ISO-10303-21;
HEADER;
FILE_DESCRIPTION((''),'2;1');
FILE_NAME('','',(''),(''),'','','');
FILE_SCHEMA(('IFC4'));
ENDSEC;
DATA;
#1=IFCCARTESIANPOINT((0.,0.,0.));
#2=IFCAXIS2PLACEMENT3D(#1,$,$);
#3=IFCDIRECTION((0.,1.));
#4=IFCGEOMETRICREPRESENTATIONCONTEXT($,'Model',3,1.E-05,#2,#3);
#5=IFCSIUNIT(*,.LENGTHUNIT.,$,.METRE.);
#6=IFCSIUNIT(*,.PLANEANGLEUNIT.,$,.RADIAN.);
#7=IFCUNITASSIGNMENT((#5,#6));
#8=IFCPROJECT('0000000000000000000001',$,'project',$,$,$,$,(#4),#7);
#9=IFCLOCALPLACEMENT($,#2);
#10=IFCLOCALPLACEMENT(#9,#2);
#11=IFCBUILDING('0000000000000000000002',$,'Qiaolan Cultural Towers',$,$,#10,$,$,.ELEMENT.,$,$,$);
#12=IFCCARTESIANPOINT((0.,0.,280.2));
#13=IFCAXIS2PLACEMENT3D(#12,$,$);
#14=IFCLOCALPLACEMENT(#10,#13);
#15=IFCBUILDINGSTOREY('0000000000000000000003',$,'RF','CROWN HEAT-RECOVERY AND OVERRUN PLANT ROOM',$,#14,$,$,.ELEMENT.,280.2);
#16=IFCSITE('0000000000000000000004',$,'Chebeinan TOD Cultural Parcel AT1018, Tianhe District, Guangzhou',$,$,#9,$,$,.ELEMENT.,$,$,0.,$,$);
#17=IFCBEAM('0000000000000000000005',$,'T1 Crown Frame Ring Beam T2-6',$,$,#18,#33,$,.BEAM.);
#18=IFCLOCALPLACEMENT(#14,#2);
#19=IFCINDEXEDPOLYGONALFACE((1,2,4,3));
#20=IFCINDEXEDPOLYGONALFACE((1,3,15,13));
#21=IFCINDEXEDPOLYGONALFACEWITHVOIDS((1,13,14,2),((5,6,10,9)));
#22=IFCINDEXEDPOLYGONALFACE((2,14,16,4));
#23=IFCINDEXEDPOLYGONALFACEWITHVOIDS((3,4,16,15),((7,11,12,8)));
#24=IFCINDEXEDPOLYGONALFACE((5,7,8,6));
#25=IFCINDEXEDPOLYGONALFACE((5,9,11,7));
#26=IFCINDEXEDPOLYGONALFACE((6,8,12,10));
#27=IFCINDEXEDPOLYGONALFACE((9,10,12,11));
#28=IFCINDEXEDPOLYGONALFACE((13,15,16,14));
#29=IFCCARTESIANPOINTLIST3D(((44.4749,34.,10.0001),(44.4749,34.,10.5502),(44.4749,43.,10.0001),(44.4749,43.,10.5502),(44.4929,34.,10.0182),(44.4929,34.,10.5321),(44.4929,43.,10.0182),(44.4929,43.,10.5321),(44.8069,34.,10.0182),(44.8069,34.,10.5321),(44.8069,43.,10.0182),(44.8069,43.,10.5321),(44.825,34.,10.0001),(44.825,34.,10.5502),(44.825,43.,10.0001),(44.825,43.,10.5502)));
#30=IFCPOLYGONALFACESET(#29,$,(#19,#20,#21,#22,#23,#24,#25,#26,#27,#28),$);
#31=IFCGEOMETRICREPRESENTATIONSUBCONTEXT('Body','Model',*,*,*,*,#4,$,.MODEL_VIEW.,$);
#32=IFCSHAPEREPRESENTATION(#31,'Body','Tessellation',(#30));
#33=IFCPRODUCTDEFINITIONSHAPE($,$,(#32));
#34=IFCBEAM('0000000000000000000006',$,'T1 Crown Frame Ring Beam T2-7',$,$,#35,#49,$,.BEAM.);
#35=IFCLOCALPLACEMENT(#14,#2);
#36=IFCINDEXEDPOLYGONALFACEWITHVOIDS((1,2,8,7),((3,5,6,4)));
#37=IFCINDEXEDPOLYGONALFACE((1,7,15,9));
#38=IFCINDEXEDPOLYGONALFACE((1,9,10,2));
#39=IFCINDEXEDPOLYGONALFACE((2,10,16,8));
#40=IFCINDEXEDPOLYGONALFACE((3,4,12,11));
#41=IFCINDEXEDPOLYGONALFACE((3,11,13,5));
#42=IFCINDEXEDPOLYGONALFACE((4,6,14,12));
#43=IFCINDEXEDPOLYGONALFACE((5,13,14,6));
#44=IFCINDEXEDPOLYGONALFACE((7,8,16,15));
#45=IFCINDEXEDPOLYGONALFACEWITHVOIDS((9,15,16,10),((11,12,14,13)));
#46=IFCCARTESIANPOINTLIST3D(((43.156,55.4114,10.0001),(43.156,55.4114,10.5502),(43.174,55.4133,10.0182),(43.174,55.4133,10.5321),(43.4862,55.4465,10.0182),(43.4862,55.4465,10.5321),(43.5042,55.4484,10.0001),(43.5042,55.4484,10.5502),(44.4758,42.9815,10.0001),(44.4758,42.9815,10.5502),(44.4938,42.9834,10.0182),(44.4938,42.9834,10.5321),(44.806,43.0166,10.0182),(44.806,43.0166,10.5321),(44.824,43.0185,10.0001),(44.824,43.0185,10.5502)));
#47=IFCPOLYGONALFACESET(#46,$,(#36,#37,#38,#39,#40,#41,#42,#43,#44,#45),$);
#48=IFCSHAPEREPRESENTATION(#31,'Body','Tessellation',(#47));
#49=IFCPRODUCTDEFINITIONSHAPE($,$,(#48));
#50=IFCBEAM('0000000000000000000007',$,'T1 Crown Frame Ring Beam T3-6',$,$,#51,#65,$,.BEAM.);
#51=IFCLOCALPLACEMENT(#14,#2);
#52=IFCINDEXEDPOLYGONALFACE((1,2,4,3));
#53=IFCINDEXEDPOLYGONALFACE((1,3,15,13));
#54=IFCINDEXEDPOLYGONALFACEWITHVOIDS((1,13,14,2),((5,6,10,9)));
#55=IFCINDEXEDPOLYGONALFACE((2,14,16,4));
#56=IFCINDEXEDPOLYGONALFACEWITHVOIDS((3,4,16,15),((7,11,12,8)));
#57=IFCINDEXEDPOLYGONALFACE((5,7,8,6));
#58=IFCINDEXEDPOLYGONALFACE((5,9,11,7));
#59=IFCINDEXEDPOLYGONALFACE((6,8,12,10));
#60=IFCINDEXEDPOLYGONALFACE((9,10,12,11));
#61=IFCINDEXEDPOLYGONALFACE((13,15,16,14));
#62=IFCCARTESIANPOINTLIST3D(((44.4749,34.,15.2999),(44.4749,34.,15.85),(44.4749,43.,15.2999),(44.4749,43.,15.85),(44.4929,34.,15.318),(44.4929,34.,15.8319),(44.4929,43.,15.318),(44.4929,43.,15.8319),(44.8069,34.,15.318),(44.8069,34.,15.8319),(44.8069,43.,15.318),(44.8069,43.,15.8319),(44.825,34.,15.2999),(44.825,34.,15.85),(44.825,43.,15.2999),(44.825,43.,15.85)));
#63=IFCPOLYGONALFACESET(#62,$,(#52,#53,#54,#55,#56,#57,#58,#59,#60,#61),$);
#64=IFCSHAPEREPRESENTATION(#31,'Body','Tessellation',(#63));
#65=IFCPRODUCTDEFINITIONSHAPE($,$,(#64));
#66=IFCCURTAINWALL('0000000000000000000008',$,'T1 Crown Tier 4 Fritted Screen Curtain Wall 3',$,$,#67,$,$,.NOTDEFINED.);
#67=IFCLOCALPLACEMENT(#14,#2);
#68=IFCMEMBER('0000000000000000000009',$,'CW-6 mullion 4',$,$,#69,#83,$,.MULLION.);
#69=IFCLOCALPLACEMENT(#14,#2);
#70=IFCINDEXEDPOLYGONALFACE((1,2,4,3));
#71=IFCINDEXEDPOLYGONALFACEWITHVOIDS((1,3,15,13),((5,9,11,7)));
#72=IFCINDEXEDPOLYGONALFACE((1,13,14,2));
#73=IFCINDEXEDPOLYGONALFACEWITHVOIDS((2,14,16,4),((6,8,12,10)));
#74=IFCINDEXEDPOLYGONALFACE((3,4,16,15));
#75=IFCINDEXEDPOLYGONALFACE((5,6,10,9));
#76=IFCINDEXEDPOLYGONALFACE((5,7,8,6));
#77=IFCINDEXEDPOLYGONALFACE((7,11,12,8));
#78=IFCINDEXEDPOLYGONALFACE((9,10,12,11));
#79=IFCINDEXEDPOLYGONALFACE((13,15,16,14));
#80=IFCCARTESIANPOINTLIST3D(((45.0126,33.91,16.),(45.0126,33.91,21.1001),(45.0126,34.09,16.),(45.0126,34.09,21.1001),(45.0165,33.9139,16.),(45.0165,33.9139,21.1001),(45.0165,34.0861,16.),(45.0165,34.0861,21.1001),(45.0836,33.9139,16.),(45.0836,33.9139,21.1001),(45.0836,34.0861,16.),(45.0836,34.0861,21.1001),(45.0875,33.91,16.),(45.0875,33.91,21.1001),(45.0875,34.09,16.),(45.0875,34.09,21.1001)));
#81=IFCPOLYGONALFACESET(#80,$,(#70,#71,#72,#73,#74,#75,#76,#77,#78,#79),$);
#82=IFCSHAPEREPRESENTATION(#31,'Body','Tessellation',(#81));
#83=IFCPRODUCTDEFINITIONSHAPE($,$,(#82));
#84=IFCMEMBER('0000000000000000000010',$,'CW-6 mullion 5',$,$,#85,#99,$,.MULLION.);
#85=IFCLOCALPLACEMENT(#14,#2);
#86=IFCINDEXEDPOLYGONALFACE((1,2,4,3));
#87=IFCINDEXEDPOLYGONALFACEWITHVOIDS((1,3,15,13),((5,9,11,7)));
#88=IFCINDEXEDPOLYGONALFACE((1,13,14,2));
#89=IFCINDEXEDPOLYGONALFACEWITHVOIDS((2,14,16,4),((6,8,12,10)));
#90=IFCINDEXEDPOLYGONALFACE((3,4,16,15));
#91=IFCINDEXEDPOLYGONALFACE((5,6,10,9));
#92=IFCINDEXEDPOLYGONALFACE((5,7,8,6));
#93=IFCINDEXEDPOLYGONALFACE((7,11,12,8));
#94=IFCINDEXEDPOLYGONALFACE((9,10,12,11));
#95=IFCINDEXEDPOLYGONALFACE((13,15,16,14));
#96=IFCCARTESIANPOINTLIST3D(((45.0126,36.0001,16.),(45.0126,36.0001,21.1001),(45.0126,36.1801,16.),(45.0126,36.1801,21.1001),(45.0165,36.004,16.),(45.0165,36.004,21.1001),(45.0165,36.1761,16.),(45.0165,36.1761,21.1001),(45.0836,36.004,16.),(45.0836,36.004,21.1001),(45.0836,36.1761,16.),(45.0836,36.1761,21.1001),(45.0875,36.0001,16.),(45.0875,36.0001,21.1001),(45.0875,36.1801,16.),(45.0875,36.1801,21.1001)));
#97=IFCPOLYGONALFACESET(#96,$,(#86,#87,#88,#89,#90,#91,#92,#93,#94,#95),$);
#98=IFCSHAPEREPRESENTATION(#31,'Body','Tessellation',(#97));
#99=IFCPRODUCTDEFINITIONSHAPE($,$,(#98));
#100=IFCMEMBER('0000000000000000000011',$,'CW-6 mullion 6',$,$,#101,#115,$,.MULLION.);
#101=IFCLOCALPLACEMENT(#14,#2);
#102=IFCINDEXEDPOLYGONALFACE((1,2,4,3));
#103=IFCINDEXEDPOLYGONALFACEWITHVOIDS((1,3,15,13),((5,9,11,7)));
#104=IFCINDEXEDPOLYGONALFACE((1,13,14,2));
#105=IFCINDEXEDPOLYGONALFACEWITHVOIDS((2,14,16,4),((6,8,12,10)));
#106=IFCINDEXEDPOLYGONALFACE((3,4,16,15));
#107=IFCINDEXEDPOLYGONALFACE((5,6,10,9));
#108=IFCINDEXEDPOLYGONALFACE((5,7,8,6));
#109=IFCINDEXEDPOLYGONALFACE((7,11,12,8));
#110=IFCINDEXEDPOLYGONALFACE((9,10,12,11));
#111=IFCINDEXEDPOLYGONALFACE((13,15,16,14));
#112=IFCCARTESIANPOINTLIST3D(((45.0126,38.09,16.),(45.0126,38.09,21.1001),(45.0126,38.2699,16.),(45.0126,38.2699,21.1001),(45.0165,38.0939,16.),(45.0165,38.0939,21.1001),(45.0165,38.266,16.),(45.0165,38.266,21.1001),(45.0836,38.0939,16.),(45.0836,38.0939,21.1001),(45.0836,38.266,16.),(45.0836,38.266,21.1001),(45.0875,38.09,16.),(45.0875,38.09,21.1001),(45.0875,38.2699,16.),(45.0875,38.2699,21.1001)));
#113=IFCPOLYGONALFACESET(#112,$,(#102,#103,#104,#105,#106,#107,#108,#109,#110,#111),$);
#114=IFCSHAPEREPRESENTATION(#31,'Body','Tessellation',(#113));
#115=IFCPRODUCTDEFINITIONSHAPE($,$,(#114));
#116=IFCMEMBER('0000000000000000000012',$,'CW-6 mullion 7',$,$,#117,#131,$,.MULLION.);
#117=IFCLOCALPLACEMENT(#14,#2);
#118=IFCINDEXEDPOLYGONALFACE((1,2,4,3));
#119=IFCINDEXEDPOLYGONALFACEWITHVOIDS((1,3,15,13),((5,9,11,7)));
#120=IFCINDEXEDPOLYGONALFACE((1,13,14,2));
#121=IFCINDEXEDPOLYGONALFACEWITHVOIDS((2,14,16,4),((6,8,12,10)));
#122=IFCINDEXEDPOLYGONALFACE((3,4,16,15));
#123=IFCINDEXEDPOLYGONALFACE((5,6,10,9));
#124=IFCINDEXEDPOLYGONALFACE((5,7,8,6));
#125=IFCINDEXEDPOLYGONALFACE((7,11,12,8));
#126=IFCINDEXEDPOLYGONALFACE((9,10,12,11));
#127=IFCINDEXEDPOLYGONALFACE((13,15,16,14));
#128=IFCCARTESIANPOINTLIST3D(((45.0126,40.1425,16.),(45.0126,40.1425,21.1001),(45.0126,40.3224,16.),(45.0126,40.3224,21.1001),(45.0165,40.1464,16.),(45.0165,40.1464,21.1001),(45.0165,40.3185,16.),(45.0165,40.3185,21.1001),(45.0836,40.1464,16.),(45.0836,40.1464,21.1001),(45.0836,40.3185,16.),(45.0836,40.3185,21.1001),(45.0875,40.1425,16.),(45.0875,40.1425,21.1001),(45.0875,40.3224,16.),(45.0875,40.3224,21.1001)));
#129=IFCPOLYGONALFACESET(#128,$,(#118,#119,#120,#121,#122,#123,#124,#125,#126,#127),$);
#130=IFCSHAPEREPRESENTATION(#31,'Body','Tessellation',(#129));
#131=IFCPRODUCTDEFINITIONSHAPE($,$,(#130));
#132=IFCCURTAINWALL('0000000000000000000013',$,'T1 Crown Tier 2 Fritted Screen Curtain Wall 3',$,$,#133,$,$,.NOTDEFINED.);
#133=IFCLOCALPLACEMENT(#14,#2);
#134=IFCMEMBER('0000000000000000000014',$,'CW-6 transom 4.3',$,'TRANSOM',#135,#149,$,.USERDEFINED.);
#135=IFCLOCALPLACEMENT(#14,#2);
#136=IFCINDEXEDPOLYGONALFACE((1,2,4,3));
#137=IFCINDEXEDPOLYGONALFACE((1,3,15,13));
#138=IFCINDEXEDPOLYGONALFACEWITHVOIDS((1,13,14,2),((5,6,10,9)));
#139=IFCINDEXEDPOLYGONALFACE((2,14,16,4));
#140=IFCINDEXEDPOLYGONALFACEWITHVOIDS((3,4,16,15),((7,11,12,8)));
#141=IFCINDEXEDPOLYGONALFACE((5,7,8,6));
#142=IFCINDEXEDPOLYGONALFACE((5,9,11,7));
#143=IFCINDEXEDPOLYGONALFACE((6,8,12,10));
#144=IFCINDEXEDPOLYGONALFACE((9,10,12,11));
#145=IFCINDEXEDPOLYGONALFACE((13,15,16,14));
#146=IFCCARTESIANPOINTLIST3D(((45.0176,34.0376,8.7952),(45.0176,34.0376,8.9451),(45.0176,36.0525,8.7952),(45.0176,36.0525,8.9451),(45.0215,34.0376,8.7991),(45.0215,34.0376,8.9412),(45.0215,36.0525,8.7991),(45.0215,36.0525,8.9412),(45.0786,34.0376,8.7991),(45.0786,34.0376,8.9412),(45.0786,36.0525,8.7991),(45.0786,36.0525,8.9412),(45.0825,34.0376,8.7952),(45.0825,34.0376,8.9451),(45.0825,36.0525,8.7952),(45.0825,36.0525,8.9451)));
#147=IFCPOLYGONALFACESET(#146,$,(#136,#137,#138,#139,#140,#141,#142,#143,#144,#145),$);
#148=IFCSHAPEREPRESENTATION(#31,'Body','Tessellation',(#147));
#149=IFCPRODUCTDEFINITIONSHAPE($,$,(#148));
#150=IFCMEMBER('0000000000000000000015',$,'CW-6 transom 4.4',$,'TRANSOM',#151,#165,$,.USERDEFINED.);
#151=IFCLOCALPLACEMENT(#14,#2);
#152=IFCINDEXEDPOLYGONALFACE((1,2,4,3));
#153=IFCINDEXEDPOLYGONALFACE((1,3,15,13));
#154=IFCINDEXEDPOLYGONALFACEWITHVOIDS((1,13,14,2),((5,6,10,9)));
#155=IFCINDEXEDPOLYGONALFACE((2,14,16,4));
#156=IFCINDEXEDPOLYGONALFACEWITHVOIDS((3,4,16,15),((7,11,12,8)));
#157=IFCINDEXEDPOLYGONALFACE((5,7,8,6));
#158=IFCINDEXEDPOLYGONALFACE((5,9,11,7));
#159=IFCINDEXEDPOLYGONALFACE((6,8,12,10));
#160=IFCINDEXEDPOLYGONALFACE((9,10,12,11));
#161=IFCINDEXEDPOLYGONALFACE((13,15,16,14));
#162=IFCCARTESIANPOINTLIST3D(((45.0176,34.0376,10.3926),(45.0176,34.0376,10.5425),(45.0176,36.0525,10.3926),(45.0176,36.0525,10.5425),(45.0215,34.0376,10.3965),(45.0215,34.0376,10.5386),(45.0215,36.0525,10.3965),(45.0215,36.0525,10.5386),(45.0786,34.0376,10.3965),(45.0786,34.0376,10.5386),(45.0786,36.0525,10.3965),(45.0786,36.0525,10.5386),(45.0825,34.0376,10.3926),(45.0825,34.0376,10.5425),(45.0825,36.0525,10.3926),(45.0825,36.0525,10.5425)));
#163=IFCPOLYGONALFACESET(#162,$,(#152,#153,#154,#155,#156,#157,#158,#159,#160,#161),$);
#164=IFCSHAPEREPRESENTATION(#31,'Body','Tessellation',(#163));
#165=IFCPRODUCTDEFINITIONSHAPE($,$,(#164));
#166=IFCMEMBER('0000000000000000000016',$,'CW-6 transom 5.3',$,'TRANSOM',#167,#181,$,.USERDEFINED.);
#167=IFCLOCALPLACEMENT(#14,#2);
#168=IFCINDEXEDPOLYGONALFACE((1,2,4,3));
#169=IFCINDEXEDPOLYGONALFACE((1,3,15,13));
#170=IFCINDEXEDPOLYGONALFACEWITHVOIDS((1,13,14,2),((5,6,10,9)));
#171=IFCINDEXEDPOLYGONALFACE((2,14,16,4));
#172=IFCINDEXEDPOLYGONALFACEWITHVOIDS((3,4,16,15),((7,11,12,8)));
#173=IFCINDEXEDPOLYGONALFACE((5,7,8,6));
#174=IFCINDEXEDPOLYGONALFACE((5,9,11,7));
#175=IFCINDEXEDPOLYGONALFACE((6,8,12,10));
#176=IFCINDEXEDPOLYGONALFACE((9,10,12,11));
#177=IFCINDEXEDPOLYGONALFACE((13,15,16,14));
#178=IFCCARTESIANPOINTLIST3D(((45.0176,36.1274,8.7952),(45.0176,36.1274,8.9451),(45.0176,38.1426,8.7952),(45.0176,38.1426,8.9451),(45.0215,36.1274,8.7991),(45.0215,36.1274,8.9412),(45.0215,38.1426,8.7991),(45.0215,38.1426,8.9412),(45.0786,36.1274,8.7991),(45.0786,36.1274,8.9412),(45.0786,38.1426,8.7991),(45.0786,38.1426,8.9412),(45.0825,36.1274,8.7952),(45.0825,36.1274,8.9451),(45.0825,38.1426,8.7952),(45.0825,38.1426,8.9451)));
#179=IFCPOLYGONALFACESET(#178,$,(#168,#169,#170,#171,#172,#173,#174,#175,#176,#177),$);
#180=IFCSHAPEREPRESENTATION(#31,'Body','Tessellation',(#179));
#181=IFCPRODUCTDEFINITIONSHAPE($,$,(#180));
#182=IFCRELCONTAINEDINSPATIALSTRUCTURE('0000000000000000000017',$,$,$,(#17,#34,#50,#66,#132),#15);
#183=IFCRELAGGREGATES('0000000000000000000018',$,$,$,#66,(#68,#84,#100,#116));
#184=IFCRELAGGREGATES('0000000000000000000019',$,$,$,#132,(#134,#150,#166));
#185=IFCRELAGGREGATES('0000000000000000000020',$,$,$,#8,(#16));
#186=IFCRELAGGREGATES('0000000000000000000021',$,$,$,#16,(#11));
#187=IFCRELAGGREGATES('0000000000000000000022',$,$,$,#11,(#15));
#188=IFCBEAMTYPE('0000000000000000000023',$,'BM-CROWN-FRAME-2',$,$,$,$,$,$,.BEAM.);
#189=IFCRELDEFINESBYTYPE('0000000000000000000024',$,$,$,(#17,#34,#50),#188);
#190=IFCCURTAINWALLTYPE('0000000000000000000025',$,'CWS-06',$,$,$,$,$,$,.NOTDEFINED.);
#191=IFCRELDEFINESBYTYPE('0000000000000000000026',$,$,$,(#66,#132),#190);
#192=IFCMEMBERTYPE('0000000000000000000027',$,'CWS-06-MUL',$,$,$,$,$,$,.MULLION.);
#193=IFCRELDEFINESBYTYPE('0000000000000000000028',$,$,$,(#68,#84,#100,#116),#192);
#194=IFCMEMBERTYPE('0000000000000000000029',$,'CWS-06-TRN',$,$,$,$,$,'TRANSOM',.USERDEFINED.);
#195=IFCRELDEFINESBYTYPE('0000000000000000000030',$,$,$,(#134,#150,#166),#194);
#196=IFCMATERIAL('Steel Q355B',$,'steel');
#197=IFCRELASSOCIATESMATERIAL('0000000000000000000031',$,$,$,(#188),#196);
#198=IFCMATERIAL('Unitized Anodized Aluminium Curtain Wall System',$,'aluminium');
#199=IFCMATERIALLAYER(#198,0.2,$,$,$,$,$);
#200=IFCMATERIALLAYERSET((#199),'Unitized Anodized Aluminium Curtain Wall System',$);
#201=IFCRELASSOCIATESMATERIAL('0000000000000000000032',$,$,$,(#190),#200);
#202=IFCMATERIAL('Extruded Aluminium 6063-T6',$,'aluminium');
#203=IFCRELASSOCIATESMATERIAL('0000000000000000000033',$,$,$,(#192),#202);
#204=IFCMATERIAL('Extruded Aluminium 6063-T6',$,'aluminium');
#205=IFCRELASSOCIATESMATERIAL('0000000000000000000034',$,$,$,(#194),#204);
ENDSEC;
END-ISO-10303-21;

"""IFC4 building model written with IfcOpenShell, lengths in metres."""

from ifc_helpers import new_model, si_unit, direction, frame, origin, origin_2d, place, context, subcontext, project, spatial, hollow_rectangle, extrude, material, layer, layer_set, material_profile, profile_set, type_object, element, aggregate, save


model = new_model("IFC4")

# Units and contexts
model_context = context("Model", 3, precision=1e-05, world=origin(), true_north=direction((0.0, 1.0)))
body_context = subcontext(model_context, "Body", "Model", "MODEL_VIEW")
ifc_project = project(units=[si_unit("LENGTHUNIT", "METRE"), si_unit("PLANEANGLEUNIT", "RADIAN")], contexts=[model_context])

# Site, building, storey
site_placement = place(None, origin())
site = spatial("IfcSite", under=ifc_project, at=site_placement, Name="Chebeinan TOD Cultural Parcel AT1018, Tianhe District, Guangzhou", CompositionType="ELEMENT", RefElevation=0.0)
building_placement = place(site_placement, origin())
building = spatial("IfcBuilding", under=site, at=building_placement, Name="Qiaolan Cultural Towers", CompositionType="ELEMENT")
storey_placement = place(building_placement, frame((0.0, 0.0, 280.2)))
storey = spatial("IfcBuildingStorey", under=building, at=storey_placement, Name="RF", Description="CROWN HEAT-RECOVERY AND OVERRUN PLANT ROOM", CompositionType="ELEMENT", Elevation=280.2)

# Beams
ifc_material_1 = material(Name="Steel Q355B", Category="steel")
ifc_material_profile_1 = material_profile(ifc_material_1, hollow_rectangle(XDim=0.3501, YDim=0.55, WallThickness=0.0181, at=origin_2d()), Name="BOX550x350x18")
ifc_profile_set_1 = profile_set([ifc_material_profile_1], Name="Steel Q355B")
beam_type = type_object("IfcBeamType", Name="BM-CROWN-FRAME-2", PredefinedType="BEAM", material=ifc_profile_set_1)
beam_1_placement = place(storey_placement, frame((44.6499, 34.0, 10.2751), z_axis=(0.0, 1.0, 0.0), x_axis=(-1.0, 0.0, 0.0)))
element("IfcBeam", 1, at=beam_1_placement, inside=storey, type_object=beam_type, Name="T1 Crown Frame Ring Beam T2-6", PredefinedType="BEAM", context=body_context, shape_type="SweptSolid", body=[
    extrude(hollow_rectangle(XDim=0.3501, YDim=0.55, WallThickness=0.0181, at=origin_2d()), origin(), (0.0, 0.0, 1.0), 9.0),
])
beam_2_placement = place(storey_placement, frame((44.6499, 43.0, 10.2751), z_axis=(-0.105588, 0.99441, 0.0), x_axis=(-0.99441, -0.105588, 0.0)))
element("IfcBeam", 2, at=beam_2_placement, inside=storey, type_object=beam_type, Name="T1 Crown Frame Ring Beam T2-7", PredefinedType="BEAM", context=body_context, shape_type="SweptSolid", body=[
    extrude(hollow_rectangle(XDim=0.3501, YDim=0.55, WallThickness=0.0181, at=origin_2d()), origin(), (0.0, 0.0, 1.0), 12.4998),
])
beam_3_placement = place(storey_placement, frame((44.6499, 34.0, 15.575), z_axis=(0.0, 1.0, 0.0), x_axis=(-1.0, 0.0, 0.0)))
element("IfcBeam", 3, at=beam_3_placement, inside=storey, type_object=beam_type, Name="T1 Crown Frame Ring Beam T3-6", PredefinedType="BEAM", context=body_context, shape_type="SweptSolid", body=[
    extrude(hollow_rectangle(XDim=0.3501, YDim=0.55, WallThickness=0.0181, at=origin_2d()), origin(), (0.0, 0.0, 1.0), 9.0),
])

# Curtain walls, members
ifc_material_2 = material(Name="Unitized Anodized Aluminium Curtain Wall System", Category="aluminium")
ifc_layer_1 = layer(ifc_material_2, 0.2)
ifc_layer_set_1 = layer_set([ifc_layer_1], Name="Unitized Anodized Aluminium Curtain Wall System")
curtain_wall_type = type_object("IfcCurtainWallType", Name="CWS-06", PredefinedType="NOTDEFINED", material=ifc_layer_set_1)
curtain_wall_1_placement = place(storey_placement, origin())
curtain_wall_1 = element("IfcCurtainWall", 4, at=curtain_wall_1_placement, inside=storey, type_object=curtain_wall_type, Name="T1 Crown Tier 4 Fritted Screen Curtain Wall 3", PredefinedType="NOTDEFINED")
ifc_material_3 = material(Name="Extruded Aluminium 6063-T6", Category="aluminium")
ifc_material_profile_2 = material_profile(ifc_material_3, hollow_rectangle(XDim=0.075, YDim=0.1799, WallThickness=0.0039, at=origin_2d()), Name="CWM-180x75x4")
ifc_profile_set_2 = profile_set([ifc_material_profile_2], Name="Extruded Aluminium 6063-T6")
member_type_1 = type_object("IfcMemberType", Name="CWS-06-MUL", PredefinedType="MULLION", material=ifc_profile_set_2)
member_1_placement = place(storey_placement, frame((45.05, 34.0, 16.0), z_axis=(0.0, 0.0, 1.0), x_axis=(-1.0, 0.0, 0.0)))
member_1 = element("IfcMember", 5, at=member_1_placement, type_object=member_type_1, Name="CW-6 mullion 4", PredefinedType="MULLION", context=body_context, shape_type="SweptSolid", body=[
    extrude(hollow_rectangle(XDim=0.075, YDim=0.1799, WallThickness=0.0039, at=origin_2d()), origin(), (0.0, 0.0, 1.0), 5.1001),
])
member_2_placement = place(storey_placement, frame((45.05, 36.0901, 16.0), z_axis=(0.0, 0.0, 1.0), x_axis=(-1.0, 0.0, 0.0)))
member_2 = element("IfcMember", 6, at=member_2_placement, type_object=member_type_1, Name="CW-6 mullion 5", PredefinedType="MULLION", context=body_context, shape_type="SweptSolid", body=[
    extrude(hollow_rectangle(XDim=0.075, YDim=0.1799, WallThickness=0.0039, at=origin_2d()), origin(), (0.0, 0.0, 1.0), 5.1001),
])
member_3_placement = place(storey_placement, frame((45.05, 38.1799, 16.0), z_axis=(0.0, 0.0, 1.0), x_axis=(-1.0, 0.0, 0.0)))
member_3 = element("IfcMember", 7, at=member_3_placement, type_object=member_type_1, Name="CW-6 mullion 6", PredefinedType="MULLION", context=body_context, shape_type="SweptSolid", body=[
    extrude(hollow_rectangle(XDim=0.075, YDim=0.1799, WallThickness=0.0039, at=origin_2d()), origin(), (0.0, 0.0, 1.0), 5.1001),
])
member_4_placement = place(storey_placement, frame((45.05, 40.2324, 16.0), z_axis=(0.0, 0.0, 1.0), x_axis=(-1.0, 0.0, 0.0)))
member_4 = element("IfcMember", 8, at=member_4_placement, type_object=member_type_1, Name="CW-6 mullion 7", PredefinedType="MULLION", context=body_context, shape_type="SweptSolid", body=[
    extrude(hollow_rectangle(XDim=0.075, YDim=0.1799, WallThickness=0.0039, at=origin_2d()), origin(), (0.0, 0.0, 1.0), 5.1001),
])
curtain_wall_2_placement = place(storey_placement, origin())
curtain_wall_2 = element("IfcCurtainWall", 9, at=curtain_wall_2_placement, inside=storey, type_object=curtain_wall_type, Name="T1 Crown Tier 2 Fritted Screen Curtain Wall 3", PredefinedType="NOTDEFINED")
ifc_material_4 = material(Name="Extruded Aluminium 6063-T6", Category="aluminium")
ifc_material_profile_3 = material_profile(ifc_material_4, hollow_rectangle(XDim=0.0649, YDim=0.1499, WallThickness=0.0039, at=origin_2d()), Name="CWT-150x65x4")
ifc_profile_set_3 = profile_set([ifc_material_profile_3], Name="Extruded Aluminium 6063-T6")
member_type_2 = type_object("IfcMemberType", Name="CWS-06-TRN", ElementType="TRANSOM", PredefinedType="USERDEFINED", material=ifc_profile_set_3)
member_5_placement = place(storey_placement, frame((45.05, 34.0376, 8.8701), z_axis=(0.0, 1.0, 0.0), x_axis=(-1.0, 0.0, 0.0)))
member_5 = element("IfcMember", 10, at=member_5_placement, type_object=member_type_2, Name="CW-6 transom 4.3", ObjectType="TRANSOM", PredefinedType="USERDEFINED", context=body_context, shape_type="SweptSolid", body=[
    extrude(hollow_rectangle(XDim=0.0649, YDim=0.1499, WallThickness=0.0039, at=origin_2d()), origin(), (0.0, 0.0, 1.0), 2.0149),
])
member_6_placement = place(storey_placement, frame((45.05, 34.0376, 10.4675), z_axis=(0.0, 1.0, 0.0), x_axis=(-1.0, 0.0, 0.0)))
member_6 = element("IfcMember", 11, at=member_6_placement, type_object=member_type_2, Name="CW-6 transom 4.4", ObjectType="TRANSOM", PredefinedType="USERDEFINED", context=body_context, shape_type="SweptSolid", body=[
    extrude(hollow_rectangle(XDim=0.0649, YDim=0.1499, WallThickness=0.0039, at=origin_2d()), origin(), (0.0, 0.0, 1.0), 2.0149),
])
member_7_placement = place(storey_placement, frame((45.05, 36.1274, 8.8701), z_axis=(0.0, 1.0, 0.0), x_axis=(-1.0, 0.0, 0.0)))
member_7 = element("IfcMember", 12, at=member_7_placement, type_object=member_type_2, Name="CW-6 transom 5.3", ObjectType="TRANSOM", PredefinedType="USERDEFINED", context=body_context, shape_type="SweptSolid", body=[
    extrude(hollow_rectangle(XDim=0.0649, YDim=0.1499, WallThickness=0.0039, at=origin_2d()), origin(), (0.0, 0.0, 1.0), 2.0151),
])

aggregate(curtain_wall_1, [member_1, member_2, member_3, member_4])

aggregate(curtain_wall_2, [member_5, member_6, member_7])

save(model, "model.ifc")
